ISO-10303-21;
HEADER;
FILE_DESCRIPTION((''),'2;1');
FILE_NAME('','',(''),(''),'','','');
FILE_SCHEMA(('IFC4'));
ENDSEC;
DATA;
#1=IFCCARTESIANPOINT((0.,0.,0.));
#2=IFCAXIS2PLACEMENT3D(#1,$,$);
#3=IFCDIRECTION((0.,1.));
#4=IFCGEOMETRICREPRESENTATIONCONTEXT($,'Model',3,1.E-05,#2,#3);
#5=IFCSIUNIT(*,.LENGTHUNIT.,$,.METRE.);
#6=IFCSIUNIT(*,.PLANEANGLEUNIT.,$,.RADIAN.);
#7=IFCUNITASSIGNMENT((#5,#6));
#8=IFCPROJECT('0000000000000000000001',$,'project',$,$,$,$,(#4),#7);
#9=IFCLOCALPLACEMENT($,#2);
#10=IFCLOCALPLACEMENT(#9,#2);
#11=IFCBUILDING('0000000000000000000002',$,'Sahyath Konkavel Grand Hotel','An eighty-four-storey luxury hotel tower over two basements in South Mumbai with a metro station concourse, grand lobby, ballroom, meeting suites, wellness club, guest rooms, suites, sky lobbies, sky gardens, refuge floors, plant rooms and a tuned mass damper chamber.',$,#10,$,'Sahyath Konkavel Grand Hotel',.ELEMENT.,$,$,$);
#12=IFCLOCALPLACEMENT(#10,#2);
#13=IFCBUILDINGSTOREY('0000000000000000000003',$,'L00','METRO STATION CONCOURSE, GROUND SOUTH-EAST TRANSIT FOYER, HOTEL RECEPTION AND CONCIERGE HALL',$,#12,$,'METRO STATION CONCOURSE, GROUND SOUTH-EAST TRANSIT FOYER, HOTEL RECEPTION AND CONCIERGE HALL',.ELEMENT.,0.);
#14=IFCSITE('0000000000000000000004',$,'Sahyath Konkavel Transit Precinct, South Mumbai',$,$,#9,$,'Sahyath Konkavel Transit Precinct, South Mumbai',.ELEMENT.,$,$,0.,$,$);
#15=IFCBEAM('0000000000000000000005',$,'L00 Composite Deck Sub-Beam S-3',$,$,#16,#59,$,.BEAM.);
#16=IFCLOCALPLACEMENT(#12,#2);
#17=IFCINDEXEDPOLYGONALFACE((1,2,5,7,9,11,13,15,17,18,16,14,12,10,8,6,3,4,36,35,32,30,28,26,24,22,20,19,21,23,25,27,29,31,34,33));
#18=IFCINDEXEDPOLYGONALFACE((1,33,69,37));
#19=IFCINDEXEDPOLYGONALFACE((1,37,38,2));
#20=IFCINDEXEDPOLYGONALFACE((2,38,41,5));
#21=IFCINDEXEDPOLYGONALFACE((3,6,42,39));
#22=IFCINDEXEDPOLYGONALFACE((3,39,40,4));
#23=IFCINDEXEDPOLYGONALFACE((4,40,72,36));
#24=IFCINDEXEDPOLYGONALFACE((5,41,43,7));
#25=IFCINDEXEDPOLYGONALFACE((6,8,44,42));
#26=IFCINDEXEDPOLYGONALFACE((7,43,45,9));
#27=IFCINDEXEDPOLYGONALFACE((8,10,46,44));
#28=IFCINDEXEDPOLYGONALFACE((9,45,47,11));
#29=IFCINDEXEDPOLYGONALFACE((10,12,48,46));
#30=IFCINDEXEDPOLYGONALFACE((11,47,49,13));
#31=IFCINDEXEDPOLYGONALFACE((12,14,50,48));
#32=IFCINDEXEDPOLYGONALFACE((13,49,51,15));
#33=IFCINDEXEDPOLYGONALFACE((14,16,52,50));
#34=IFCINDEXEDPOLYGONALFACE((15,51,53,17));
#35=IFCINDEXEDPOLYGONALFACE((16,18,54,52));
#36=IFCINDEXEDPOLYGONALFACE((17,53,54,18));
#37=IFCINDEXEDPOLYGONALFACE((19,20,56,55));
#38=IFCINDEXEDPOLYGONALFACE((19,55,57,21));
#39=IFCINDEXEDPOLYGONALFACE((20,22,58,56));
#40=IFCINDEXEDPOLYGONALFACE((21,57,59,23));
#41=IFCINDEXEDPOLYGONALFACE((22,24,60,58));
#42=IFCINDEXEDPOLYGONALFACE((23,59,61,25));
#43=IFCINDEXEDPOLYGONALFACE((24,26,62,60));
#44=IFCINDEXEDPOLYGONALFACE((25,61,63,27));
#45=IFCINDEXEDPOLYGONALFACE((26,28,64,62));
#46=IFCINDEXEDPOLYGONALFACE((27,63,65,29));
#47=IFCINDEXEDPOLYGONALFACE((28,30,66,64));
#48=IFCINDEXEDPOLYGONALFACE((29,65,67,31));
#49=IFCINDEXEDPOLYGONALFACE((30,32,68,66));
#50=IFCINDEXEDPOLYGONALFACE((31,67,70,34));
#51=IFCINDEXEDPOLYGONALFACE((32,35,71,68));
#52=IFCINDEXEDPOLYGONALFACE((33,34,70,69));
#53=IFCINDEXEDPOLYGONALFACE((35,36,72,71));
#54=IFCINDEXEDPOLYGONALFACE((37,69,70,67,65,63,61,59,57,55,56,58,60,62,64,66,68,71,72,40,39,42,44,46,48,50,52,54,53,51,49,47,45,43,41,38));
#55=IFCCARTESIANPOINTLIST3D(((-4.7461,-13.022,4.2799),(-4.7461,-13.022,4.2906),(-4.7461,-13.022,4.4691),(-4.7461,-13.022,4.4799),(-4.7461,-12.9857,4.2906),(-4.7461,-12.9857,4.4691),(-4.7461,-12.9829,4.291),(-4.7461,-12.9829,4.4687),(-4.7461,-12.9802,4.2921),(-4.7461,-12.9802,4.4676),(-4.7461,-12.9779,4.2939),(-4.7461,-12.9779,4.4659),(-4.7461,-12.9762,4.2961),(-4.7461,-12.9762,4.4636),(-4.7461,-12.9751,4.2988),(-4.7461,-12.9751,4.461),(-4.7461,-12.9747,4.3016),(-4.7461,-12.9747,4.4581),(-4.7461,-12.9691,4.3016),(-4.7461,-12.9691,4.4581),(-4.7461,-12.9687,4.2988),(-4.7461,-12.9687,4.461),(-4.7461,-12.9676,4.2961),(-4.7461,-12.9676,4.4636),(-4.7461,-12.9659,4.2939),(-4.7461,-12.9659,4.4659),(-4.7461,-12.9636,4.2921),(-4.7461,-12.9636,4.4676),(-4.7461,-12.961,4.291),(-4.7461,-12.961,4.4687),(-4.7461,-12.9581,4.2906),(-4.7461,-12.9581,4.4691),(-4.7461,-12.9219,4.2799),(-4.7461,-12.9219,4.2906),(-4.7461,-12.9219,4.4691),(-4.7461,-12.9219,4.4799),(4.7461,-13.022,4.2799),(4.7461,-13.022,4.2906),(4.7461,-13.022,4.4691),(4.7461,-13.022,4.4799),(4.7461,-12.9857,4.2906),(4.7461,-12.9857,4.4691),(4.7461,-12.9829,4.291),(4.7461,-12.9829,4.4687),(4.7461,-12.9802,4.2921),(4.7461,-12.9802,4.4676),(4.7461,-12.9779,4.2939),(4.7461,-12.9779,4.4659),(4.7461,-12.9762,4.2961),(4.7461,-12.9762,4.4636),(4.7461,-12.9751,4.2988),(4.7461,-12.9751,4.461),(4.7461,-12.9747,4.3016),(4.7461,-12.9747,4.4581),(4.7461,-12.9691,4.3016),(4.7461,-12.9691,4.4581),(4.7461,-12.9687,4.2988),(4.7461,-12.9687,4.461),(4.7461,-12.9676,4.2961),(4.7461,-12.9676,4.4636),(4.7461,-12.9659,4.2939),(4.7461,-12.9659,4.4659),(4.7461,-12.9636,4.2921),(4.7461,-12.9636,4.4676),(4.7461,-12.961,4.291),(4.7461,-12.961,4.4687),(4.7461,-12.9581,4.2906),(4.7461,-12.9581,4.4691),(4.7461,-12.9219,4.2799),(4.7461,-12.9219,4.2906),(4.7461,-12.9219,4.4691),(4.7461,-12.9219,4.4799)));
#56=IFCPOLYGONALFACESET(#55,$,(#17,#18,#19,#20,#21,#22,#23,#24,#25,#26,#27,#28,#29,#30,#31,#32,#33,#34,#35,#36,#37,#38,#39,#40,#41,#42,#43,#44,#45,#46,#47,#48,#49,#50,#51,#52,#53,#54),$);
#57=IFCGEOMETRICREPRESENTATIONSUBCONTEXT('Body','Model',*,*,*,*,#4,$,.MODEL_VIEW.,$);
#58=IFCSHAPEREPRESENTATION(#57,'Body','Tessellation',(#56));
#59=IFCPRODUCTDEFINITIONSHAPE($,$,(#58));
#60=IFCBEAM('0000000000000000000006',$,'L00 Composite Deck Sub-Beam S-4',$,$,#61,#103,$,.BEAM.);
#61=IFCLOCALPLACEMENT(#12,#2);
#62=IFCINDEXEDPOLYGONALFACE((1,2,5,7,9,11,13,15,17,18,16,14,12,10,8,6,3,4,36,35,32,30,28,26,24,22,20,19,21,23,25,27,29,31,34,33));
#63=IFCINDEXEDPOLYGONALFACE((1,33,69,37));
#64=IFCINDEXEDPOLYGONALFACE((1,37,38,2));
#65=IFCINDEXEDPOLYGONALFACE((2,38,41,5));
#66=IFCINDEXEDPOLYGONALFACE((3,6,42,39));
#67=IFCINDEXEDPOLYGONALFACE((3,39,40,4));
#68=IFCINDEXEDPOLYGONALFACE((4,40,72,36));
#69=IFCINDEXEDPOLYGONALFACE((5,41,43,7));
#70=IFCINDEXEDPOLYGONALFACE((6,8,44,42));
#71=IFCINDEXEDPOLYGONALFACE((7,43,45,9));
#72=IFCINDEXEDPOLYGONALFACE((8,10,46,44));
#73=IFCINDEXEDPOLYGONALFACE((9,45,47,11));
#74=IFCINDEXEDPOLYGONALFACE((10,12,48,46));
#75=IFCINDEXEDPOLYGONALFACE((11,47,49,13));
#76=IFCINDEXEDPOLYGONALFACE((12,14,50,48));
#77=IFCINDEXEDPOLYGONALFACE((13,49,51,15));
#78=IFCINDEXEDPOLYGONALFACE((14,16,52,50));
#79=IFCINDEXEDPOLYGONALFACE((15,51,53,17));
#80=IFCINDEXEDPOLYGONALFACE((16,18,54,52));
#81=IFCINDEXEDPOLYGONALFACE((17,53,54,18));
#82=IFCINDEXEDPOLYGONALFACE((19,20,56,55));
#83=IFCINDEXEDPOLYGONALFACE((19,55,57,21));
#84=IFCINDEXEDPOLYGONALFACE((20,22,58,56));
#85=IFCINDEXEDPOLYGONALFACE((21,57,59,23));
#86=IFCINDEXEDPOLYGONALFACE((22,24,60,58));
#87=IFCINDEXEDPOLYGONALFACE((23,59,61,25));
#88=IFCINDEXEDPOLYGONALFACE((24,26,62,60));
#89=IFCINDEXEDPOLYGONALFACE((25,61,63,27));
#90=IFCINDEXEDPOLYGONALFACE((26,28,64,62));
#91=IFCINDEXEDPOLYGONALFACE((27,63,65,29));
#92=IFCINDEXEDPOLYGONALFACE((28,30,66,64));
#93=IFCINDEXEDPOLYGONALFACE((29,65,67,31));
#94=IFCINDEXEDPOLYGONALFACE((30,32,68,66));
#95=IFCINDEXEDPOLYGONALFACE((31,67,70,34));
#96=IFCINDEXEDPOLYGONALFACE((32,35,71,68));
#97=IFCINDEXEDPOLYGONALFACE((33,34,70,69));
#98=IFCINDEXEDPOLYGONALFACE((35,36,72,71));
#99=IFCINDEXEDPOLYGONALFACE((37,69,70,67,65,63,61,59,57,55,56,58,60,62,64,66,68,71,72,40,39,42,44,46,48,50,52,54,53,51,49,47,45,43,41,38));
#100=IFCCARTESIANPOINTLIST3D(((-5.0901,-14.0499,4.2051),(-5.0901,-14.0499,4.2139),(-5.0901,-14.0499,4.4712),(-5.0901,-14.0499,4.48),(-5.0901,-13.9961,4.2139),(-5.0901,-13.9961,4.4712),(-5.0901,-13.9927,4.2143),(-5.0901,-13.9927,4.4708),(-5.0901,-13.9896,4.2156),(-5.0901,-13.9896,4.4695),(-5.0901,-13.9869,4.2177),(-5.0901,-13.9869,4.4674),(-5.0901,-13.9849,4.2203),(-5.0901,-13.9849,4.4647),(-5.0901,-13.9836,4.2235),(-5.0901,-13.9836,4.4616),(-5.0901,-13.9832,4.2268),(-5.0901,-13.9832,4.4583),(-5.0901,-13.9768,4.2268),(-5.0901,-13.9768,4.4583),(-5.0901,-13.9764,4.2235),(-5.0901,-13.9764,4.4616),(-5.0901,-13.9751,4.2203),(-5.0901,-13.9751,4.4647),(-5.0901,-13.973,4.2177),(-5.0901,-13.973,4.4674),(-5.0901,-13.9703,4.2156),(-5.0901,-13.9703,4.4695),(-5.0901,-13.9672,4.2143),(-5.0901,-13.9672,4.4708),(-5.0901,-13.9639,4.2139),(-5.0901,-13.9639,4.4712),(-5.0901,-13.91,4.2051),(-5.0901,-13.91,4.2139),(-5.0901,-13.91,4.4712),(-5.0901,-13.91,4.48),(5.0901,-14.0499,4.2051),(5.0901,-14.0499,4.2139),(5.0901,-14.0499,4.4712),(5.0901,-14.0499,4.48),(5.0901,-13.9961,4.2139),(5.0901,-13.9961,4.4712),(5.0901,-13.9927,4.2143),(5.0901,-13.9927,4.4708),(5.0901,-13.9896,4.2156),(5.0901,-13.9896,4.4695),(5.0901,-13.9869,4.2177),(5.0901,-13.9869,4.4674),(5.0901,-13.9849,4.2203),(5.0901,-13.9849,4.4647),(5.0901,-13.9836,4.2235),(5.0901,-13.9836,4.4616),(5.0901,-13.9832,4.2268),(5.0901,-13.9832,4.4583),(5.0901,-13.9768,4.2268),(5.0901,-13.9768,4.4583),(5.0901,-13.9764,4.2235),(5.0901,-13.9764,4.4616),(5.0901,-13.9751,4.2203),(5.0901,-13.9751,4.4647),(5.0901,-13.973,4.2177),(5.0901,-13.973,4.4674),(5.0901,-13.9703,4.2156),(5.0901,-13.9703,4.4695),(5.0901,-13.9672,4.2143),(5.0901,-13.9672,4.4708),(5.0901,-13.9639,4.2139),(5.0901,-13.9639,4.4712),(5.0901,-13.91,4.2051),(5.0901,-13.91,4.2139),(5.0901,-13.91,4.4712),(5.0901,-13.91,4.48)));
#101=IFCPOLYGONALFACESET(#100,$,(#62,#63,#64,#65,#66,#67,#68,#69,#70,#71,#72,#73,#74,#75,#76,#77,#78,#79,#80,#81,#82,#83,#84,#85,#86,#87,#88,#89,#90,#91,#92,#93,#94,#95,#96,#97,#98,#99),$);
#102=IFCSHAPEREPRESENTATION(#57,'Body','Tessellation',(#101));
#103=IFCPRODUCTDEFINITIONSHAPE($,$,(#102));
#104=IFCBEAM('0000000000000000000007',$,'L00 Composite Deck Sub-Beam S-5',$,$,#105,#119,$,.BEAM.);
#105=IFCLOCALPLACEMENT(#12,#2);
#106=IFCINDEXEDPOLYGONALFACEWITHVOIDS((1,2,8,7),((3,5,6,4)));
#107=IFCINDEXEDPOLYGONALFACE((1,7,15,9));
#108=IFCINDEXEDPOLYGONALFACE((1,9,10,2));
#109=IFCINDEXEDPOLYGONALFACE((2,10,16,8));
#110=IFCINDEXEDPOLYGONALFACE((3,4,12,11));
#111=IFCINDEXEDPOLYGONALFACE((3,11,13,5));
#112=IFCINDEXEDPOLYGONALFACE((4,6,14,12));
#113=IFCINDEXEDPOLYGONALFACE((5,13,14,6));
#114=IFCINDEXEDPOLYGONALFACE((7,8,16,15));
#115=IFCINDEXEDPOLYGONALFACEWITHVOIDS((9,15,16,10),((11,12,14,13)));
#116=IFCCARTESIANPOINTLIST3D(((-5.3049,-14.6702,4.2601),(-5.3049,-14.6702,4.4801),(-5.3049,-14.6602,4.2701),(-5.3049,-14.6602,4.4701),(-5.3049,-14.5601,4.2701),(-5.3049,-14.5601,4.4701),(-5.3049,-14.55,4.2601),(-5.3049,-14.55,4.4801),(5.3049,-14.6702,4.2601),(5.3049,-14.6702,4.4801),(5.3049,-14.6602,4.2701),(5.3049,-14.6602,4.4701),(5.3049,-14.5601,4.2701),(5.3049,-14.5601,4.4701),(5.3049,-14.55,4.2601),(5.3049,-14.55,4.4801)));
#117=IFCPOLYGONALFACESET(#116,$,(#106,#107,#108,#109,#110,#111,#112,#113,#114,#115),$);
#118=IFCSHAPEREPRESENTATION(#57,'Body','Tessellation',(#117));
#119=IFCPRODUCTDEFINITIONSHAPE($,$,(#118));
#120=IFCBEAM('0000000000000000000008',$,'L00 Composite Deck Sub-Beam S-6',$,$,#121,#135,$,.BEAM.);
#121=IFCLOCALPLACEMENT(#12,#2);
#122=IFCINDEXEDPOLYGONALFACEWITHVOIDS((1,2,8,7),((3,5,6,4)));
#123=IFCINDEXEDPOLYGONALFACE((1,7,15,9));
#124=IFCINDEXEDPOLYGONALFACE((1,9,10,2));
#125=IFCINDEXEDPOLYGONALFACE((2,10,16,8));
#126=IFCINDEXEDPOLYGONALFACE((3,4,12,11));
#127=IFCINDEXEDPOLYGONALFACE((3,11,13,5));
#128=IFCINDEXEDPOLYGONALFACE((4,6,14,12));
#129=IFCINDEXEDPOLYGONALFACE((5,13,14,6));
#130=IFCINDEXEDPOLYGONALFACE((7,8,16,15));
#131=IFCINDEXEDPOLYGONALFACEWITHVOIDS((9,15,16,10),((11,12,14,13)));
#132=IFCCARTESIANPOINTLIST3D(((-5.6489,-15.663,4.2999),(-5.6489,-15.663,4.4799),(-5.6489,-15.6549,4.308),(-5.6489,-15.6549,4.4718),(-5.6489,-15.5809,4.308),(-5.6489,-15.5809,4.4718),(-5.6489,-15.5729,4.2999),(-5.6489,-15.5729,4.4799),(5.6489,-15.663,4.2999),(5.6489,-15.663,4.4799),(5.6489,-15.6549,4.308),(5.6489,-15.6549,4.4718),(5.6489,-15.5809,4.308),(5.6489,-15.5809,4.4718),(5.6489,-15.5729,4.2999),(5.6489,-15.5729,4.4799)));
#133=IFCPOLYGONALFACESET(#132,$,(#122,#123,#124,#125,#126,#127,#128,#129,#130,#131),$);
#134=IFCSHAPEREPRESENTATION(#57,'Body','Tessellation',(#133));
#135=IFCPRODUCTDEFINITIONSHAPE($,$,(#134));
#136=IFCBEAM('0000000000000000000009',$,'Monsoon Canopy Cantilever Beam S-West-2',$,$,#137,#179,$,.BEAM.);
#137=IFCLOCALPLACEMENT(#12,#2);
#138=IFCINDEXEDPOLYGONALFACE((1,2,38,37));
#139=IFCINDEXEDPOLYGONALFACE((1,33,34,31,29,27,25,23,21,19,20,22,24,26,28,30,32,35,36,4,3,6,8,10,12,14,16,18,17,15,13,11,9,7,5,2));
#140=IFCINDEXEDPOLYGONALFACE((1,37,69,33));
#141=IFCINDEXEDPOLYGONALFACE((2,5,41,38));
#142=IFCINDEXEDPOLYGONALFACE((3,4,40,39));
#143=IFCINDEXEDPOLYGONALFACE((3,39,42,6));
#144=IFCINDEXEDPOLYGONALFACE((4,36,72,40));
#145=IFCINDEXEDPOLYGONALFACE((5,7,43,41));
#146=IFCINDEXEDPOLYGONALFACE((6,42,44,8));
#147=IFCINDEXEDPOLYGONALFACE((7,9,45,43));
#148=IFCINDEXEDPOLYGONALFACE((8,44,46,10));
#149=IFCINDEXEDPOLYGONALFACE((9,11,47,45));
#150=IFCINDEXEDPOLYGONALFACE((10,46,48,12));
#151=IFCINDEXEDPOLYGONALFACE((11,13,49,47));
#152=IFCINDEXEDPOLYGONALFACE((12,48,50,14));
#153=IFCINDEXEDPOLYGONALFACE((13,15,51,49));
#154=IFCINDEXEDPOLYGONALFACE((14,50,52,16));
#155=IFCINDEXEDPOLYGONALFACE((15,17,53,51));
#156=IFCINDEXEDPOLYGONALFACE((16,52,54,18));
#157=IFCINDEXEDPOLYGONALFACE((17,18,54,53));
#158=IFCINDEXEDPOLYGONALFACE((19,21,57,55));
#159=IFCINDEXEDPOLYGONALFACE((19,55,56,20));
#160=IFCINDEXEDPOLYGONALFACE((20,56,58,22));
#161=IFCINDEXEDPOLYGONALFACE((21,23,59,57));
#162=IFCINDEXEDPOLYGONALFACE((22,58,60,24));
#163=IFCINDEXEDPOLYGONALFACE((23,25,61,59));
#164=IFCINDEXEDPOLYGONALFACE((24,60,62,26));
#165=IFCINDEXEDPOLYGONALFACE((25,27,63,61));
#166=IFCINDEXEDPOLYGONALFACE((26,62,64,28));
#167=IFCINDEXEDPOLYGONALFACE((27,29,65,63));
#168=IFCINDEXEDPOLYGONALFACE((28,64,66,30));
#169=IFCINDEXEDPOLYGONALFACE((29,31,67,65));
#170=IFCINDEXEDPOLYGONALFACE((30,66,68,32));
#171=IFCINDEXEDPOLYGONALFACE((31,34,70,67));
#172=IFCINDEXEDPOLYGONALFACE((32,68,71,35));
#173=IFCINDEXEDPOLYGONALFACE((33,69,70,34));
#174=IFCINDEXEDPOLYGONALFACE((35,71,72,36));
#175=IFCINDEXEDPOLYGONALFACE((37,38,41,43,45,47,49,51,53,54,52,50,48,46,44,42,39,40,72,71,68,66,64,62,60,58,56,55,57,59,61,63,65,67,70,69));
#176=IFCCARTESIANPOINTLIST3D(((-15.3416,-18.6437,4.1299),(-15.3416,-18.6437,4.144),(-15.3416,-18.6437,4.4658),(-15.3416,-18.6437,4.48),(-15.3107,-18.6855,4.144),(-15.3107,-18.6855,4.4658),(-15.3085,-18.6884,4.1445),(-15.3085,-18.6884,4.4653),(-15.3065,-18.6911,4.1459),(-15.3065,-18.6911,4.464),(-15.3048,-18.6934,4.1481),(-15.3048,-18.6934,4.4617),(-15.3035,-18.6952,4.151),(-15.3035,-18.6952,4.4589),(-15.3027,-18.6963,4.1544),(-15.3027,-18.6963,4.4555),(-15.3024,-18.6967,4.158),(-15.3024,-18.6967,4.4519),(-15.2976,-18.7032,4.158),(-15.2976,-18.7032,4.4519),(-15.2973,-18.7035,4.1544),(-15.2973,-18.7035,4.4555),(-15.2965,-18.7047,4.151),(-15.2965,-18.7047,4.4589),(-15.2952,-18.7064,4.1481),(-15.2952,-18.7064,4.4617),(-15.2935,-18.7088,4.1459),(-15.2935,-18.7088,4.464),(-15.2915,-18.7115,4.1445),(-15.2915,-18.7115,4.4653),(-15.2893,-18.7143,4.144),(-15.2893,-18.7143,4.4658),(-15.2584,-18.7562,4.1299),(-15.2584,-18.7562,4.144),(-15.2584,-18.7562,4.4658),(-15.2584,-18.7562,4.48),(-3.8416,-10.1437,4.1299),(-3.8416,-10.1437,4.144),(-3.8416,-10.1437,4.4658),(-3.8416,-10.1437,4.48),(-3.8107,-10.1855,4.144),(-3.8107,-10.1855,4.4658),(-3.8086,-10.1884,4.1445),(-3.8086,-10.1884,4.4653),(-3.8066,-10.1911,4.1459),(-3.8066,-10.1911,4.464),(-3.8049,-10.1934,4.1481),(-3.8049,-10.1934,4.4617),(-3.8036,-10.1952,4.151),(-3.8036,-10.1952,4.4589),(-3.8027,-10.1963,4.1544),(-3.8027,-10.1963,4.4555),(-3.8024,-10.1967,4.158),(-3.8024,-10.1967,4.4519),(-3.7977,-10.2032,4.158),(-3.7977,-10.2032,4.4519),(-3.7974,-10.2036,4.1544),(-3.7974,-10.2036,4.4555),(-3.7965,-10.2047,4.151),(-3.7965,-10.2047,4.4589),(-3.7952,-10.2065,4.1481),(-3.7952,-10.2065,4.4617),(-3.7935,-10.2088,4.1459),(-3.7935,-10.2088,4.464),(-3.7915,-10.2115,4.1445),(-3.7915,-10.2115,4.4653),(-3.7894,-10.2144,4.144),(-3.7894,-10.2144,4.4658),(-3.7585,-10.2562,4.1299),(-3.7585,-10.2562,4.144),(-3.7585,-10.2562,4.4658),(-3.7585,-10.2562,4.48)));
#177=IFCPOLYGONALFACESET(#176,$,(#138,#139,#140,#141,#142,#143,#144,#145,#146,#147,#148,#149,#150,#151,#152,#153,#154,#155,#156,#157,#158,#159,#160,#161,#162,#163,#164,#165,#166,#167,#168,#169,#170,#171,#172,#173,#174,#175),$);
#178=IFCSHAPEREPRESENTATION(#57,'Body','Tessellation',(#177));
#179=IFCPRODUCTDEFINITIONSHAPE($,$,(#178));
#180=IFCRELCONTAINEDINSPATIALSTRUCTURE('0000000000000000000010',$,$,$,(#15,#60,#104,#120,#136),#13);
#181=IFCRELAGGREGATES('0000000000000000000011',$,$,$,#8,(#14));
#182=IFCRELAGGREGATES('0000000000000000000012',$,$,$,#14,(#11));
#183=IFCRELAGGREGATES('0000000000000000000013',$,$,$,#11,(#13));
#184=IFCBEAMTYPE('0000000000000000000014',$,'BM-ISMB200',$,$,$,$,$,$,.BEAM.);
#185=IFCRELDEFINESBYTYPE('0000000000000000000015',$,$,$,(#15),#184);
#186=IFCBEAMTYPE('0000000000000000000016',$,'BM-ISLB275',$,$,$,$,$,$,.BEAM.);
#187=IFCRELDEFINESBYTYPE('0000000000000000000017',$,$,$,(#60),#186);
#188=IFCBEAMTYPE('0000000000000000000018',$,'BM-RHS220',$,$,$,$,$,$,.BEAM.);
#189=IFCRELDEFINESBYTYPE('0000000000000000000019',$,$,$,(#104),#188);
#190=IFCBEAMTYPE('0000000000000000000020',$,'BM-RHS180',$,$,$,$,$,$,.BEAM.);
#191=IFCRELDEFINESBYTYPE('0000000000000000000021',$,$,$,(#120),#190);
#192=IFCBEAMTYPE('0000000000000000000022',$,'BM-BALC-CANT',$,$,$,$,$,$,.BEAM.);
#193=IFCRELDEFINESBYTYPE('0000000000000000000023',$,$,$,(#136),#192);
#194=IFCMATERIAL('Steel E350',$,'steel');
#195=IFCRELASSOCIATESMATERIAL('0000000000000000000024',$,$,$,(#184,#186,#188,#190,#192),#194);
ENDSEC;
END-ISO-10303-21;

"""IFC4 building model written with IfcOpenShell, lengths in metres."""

from ifc_helpers import new_model, si_unit, direction, frame, origin, origin_2d, place, context, subcontext, project, spatial, hollow_rectangle, i_section, extrude, source, transform, mapped, material, material_profile, profile_set, type_object, element, save


model = new_model("IFC4")

# Units and contexts
model_context = context("Model", 3, precision=1e-05, world=origin(), true_north=direction((0.0, 1.0)))
body_context = subcontext(model_context, "Body", "Model", "MODEL_VIEW")
ifc_project = project(units=[si_unit("LENGTHUNIT", "METRE"), si_unit("PLANEANGLEUNIT", "RADIAN")], contexts=[model_context])

# Site, building, storey
site_placement = place(None, origin())
site = spatial("IfcSite", under=ifc_project, at=site_placement, Name="Sahyath Konkavel Transit Precinct, South Mumbai", LongName="Sahyath Konkavel Transit Precinct, South Mumbai", CompositionType="ELEMENT", RefElevation=0.0)
building_placement = place(site_placement, origin())
building = spatial("IfcBuilding", under=site, at=building_placement, Name="Sahyath Konkavel Grand Hotel", Description="An eighty-four-storey luxury hotel tower over two basements in South Mumbai with a metro station concourse, grand lobby, ballroom, meeting suites, wellness club, guest rooms, suites, sky lobbies, sky gardens, refuge floors, plant rooms and a tuned mass damper chamber.", LongName="Sahyath Konkavel Grand Hotel", CompositionType="ELEMENT")
storey_placement = place(building_placement, origin())
storey = spatial("IfcBuildingStorey", under=building, at=storey_placement, Name="L00", Description="METRO STATION CONCOURSE, GROUND SOUTH-EAST TRANSIT FOYER, HOTEL RECEPTION AND CONCIERGE HALL", LongName="METRO STATION CONCOURSE, GROUND SOUTH-EAST TRANSIT FOYER, HOTEL RECEPTION AND CONCIERGE HALL", CompositionType="ELEMENT", Elevation=0.0)

# Beams
ifc_material_1 = material(Name="Steel E350", Category="steel")
ifc_material_profile_1 = material_profile(ifc_material_1, i_section(OverallWidth=0.1001, OverallDepth=0.2, WebThickness=0.0056, FlangeThickness=0.0107, FilletRadius=0.011, at=origin_2d()), Name="ISMB 200")
ifc_profile_set_1 = profile_set([ifc_material_profile_1], Name="Steel E350")
beam_type_1 = type_object("IfcBeamType", Name="BM-ISMB200", PredefinedType="BEAM", material=ifc_profile_set_1)
shared_shape_1 = source(origin(), body_context, "Body", "SweptSolid", [
    extrude(i_section(OverallWidth=0.1001, OverallDepth=0.2, WebThickness=0.0056, FlangeThickness=0.0107, FilletRadius=0.011, at=origin_2d()), origin(), (0.0, 0.0, 1.0), 9.4922),
])
beam_1_placement = place(storey_placement, frame((-4.7461, -12.9719, 4.3799), z_axis=(1.0, 0.0, 0.0), x_axis=(0.0, 1.0, 0.0)))
element("IfcBeam", 1, at=beam_1_placement, inside=storey, type_object=beam_type_1, Name="L00 Composite Deck Sub-Beam S-3", PredefinedType="BEAM", context=body_context, shape_type="MappedRepresentation", body=[
    mapped(shared_shape_1, transform((0.0, 0.0, 0.0), scale=1.0)),
])
ifc_material_profile_2 = material_profile(ifc_material_1, i_section(OverallWidth=0.1399, OverallDepth=0.2749, WebThickness=0.0063, FlangeThickness=0.0088, FilletRadius=0.0129, at=origin_2d()), Name="ISLB 275")
ifc_profile_set_2 = profile_set([ifc_material_profile_2], Name="Steel E350")
beam_type_2 = type_object("IfcBeamType", Name="BM-ISLB275", PredefinedType="BEAM", material=ifc_profile_set_2)
shared_shape_2 = source(origin(), body_context, "Body", "SweptSolid", [
    extrude(i_section(OverallWidth=0.1399, OverallDepth=0.2749, WebThickness=0.0063, FlangeThickness=0.0088, FilletRadius=0.0129, at=origin_2d()), origin(), (0.0, 0.0, 1.0), 10.1802),
])
beam_2_placement = place(storey_placement, frame((-5.0901, -13.98, 4.3425), z_axis=(1.0, 0.0, 0.0), x_axis=(0.0, 1.0, 0.0)))
element("IfcBeam", 2, at=beam_2_placement, inside=storey, type_object=beam_type_2, Name="L00 Composite Deck Sub-Beam S-4", PredefinedType="BEAM", context=body_context, shape_type="MappedRepresentation", body=[
    mapped(shared_shape_2, transform((0.0, 0.0, 0.0), scale=1.0)),
])
ifc_material_profile_3 = material_profile(ifc_material_1, hollow_rectangle(XDim=0.1201, YDim=0.22, WallThickness=0.01, at=origin_2d()), Name="RHS 220x120x10")
ifc_profile_set_3 = profile_set([ifc_material_profile_3], Name="Steel E350")
beam_type_3 = type_object("IfcBeamType", Name="BM-RHS220", PredefinedType="BEAM", material=ifc_profile_set_3)
shared_shape_3 = source(origin(), body_context, "Body", "SweptSolid", [
    extrude(hollow_rectangle(XDim=0.1201, YDim=0.22, WallThickness=0.01, at=origin_2d()), origin(), (0.0, 0.0, 1.0), 10.6099),
])
beam_3_placement = place(storey_placement, frame((-5.3049, -14.6101, 4.3701), z_axis=(1.0, 0.0, 0.0), x_axis=(0.0, 1.0, 0.0)))
element("IfcBeam", 3, at=beam_3_placement, inside=storey, type_object=beam_type_3, Name="L00 Composite Deck Sub-Beam S-5", PredefinedType="BEAM", context=body_context, shape_type="MappedRepresentation", body=[
    mapped(shared_shape_3, transform((0.0, 0.0, 0.0), scale=1.0)),
])
ifc_material_profile_4 = material_profile(ifc_material_1, hollow_rectangle(XDim=0.0901, YDim=0.1799, WallThickness=0.0081, at=origin_2d()), Name="RHS 180x90x8")
ifc_profile_set_4 = profile_set([ifc_material_profile_4], Name="Steel E350")
beam_type_4 = type_object("IfcBeamType", Name="BM-RHS180", PredefinedType="BEAM", material=ifc_profile_set_4)
shared_shape_4 = source(origin(), body_context, "Body", "SweptSolid", [
    extrude(hollow_rectangle(XDim=0.0901, YDim=0.1799, WallThickness=0.0081, at=origin_2d()), origin(), (0.0, 0.0, 1.0), 11.2979),
])
beam_4_placement = place(storey_placement, frame((-5.6489, -15.6179, 4.3899), z_axis=(1.0, 0.0, 0.0), x_axis=(0.0, 1.0, 0.0)))
element("IfcBeam", 4, at=beam_4_placement, inside=storey, type_object=beam_type_4, Name="L00 Composite Deck Sub-Beam S-6", PredefinedType="BEAM", context=body_context, shape_type="MappedRepresentation", body=[
    mapped(shared_shape_4, transform((0.0, 0.0, 0.0), scale=1.0)),
])
ifc_material_profile_5 = material_profile(ifc_material_1, i_section(OverallWidth=0.1399, OverallDepth=0.3501, WebThickness=0.0081, FlangeThickness=0.0142, FilletRadius=0.0139, at=origin_2d()), Name="ISMB 350")
ifc_profile_set_5 = profile_set([ifc_material_profile_5], Name="Steel E350")
beam_type_5 = type_object("IfcBeamType", Name="BM-BALC-CANT", PredefinedType="BEAM", material=ifc_profile_set_5)
shared_shape_5 = source(origin(), body_context, "Body", "SweptSolid", [
    extrude(i_section(OverallWidth=0.1399, OverallDepth=0.3501, WebThickness=0.0081, FlangeThickness=0.0142, FilletRadius=0.0139, at=origin_2d()), origin(), (0.0, 0.0, 1.0), 14.3003),
])
beam_5_placement = place(storey_placement, frame((-3.8, -10.2, 4.3049), z_axis=(-0.804176, -0.594391, 0.0), x_axis=(0.594391, -0.804176, 0.0)))
element("IfcBeam", 5, at=beam_5_placement, inside=storey, type_object=beam_type_5, Name="Monsoon Canopy Cantilever Beam S-West-2", PredefinedType="BEAM", context=body_context, shape_type="MappedRepresentation", body=[
    mapped(shared_shape_5, transform((0.0, 0.0, 0.0), scale=1.0)),
])

save(model, "model.ifc")
